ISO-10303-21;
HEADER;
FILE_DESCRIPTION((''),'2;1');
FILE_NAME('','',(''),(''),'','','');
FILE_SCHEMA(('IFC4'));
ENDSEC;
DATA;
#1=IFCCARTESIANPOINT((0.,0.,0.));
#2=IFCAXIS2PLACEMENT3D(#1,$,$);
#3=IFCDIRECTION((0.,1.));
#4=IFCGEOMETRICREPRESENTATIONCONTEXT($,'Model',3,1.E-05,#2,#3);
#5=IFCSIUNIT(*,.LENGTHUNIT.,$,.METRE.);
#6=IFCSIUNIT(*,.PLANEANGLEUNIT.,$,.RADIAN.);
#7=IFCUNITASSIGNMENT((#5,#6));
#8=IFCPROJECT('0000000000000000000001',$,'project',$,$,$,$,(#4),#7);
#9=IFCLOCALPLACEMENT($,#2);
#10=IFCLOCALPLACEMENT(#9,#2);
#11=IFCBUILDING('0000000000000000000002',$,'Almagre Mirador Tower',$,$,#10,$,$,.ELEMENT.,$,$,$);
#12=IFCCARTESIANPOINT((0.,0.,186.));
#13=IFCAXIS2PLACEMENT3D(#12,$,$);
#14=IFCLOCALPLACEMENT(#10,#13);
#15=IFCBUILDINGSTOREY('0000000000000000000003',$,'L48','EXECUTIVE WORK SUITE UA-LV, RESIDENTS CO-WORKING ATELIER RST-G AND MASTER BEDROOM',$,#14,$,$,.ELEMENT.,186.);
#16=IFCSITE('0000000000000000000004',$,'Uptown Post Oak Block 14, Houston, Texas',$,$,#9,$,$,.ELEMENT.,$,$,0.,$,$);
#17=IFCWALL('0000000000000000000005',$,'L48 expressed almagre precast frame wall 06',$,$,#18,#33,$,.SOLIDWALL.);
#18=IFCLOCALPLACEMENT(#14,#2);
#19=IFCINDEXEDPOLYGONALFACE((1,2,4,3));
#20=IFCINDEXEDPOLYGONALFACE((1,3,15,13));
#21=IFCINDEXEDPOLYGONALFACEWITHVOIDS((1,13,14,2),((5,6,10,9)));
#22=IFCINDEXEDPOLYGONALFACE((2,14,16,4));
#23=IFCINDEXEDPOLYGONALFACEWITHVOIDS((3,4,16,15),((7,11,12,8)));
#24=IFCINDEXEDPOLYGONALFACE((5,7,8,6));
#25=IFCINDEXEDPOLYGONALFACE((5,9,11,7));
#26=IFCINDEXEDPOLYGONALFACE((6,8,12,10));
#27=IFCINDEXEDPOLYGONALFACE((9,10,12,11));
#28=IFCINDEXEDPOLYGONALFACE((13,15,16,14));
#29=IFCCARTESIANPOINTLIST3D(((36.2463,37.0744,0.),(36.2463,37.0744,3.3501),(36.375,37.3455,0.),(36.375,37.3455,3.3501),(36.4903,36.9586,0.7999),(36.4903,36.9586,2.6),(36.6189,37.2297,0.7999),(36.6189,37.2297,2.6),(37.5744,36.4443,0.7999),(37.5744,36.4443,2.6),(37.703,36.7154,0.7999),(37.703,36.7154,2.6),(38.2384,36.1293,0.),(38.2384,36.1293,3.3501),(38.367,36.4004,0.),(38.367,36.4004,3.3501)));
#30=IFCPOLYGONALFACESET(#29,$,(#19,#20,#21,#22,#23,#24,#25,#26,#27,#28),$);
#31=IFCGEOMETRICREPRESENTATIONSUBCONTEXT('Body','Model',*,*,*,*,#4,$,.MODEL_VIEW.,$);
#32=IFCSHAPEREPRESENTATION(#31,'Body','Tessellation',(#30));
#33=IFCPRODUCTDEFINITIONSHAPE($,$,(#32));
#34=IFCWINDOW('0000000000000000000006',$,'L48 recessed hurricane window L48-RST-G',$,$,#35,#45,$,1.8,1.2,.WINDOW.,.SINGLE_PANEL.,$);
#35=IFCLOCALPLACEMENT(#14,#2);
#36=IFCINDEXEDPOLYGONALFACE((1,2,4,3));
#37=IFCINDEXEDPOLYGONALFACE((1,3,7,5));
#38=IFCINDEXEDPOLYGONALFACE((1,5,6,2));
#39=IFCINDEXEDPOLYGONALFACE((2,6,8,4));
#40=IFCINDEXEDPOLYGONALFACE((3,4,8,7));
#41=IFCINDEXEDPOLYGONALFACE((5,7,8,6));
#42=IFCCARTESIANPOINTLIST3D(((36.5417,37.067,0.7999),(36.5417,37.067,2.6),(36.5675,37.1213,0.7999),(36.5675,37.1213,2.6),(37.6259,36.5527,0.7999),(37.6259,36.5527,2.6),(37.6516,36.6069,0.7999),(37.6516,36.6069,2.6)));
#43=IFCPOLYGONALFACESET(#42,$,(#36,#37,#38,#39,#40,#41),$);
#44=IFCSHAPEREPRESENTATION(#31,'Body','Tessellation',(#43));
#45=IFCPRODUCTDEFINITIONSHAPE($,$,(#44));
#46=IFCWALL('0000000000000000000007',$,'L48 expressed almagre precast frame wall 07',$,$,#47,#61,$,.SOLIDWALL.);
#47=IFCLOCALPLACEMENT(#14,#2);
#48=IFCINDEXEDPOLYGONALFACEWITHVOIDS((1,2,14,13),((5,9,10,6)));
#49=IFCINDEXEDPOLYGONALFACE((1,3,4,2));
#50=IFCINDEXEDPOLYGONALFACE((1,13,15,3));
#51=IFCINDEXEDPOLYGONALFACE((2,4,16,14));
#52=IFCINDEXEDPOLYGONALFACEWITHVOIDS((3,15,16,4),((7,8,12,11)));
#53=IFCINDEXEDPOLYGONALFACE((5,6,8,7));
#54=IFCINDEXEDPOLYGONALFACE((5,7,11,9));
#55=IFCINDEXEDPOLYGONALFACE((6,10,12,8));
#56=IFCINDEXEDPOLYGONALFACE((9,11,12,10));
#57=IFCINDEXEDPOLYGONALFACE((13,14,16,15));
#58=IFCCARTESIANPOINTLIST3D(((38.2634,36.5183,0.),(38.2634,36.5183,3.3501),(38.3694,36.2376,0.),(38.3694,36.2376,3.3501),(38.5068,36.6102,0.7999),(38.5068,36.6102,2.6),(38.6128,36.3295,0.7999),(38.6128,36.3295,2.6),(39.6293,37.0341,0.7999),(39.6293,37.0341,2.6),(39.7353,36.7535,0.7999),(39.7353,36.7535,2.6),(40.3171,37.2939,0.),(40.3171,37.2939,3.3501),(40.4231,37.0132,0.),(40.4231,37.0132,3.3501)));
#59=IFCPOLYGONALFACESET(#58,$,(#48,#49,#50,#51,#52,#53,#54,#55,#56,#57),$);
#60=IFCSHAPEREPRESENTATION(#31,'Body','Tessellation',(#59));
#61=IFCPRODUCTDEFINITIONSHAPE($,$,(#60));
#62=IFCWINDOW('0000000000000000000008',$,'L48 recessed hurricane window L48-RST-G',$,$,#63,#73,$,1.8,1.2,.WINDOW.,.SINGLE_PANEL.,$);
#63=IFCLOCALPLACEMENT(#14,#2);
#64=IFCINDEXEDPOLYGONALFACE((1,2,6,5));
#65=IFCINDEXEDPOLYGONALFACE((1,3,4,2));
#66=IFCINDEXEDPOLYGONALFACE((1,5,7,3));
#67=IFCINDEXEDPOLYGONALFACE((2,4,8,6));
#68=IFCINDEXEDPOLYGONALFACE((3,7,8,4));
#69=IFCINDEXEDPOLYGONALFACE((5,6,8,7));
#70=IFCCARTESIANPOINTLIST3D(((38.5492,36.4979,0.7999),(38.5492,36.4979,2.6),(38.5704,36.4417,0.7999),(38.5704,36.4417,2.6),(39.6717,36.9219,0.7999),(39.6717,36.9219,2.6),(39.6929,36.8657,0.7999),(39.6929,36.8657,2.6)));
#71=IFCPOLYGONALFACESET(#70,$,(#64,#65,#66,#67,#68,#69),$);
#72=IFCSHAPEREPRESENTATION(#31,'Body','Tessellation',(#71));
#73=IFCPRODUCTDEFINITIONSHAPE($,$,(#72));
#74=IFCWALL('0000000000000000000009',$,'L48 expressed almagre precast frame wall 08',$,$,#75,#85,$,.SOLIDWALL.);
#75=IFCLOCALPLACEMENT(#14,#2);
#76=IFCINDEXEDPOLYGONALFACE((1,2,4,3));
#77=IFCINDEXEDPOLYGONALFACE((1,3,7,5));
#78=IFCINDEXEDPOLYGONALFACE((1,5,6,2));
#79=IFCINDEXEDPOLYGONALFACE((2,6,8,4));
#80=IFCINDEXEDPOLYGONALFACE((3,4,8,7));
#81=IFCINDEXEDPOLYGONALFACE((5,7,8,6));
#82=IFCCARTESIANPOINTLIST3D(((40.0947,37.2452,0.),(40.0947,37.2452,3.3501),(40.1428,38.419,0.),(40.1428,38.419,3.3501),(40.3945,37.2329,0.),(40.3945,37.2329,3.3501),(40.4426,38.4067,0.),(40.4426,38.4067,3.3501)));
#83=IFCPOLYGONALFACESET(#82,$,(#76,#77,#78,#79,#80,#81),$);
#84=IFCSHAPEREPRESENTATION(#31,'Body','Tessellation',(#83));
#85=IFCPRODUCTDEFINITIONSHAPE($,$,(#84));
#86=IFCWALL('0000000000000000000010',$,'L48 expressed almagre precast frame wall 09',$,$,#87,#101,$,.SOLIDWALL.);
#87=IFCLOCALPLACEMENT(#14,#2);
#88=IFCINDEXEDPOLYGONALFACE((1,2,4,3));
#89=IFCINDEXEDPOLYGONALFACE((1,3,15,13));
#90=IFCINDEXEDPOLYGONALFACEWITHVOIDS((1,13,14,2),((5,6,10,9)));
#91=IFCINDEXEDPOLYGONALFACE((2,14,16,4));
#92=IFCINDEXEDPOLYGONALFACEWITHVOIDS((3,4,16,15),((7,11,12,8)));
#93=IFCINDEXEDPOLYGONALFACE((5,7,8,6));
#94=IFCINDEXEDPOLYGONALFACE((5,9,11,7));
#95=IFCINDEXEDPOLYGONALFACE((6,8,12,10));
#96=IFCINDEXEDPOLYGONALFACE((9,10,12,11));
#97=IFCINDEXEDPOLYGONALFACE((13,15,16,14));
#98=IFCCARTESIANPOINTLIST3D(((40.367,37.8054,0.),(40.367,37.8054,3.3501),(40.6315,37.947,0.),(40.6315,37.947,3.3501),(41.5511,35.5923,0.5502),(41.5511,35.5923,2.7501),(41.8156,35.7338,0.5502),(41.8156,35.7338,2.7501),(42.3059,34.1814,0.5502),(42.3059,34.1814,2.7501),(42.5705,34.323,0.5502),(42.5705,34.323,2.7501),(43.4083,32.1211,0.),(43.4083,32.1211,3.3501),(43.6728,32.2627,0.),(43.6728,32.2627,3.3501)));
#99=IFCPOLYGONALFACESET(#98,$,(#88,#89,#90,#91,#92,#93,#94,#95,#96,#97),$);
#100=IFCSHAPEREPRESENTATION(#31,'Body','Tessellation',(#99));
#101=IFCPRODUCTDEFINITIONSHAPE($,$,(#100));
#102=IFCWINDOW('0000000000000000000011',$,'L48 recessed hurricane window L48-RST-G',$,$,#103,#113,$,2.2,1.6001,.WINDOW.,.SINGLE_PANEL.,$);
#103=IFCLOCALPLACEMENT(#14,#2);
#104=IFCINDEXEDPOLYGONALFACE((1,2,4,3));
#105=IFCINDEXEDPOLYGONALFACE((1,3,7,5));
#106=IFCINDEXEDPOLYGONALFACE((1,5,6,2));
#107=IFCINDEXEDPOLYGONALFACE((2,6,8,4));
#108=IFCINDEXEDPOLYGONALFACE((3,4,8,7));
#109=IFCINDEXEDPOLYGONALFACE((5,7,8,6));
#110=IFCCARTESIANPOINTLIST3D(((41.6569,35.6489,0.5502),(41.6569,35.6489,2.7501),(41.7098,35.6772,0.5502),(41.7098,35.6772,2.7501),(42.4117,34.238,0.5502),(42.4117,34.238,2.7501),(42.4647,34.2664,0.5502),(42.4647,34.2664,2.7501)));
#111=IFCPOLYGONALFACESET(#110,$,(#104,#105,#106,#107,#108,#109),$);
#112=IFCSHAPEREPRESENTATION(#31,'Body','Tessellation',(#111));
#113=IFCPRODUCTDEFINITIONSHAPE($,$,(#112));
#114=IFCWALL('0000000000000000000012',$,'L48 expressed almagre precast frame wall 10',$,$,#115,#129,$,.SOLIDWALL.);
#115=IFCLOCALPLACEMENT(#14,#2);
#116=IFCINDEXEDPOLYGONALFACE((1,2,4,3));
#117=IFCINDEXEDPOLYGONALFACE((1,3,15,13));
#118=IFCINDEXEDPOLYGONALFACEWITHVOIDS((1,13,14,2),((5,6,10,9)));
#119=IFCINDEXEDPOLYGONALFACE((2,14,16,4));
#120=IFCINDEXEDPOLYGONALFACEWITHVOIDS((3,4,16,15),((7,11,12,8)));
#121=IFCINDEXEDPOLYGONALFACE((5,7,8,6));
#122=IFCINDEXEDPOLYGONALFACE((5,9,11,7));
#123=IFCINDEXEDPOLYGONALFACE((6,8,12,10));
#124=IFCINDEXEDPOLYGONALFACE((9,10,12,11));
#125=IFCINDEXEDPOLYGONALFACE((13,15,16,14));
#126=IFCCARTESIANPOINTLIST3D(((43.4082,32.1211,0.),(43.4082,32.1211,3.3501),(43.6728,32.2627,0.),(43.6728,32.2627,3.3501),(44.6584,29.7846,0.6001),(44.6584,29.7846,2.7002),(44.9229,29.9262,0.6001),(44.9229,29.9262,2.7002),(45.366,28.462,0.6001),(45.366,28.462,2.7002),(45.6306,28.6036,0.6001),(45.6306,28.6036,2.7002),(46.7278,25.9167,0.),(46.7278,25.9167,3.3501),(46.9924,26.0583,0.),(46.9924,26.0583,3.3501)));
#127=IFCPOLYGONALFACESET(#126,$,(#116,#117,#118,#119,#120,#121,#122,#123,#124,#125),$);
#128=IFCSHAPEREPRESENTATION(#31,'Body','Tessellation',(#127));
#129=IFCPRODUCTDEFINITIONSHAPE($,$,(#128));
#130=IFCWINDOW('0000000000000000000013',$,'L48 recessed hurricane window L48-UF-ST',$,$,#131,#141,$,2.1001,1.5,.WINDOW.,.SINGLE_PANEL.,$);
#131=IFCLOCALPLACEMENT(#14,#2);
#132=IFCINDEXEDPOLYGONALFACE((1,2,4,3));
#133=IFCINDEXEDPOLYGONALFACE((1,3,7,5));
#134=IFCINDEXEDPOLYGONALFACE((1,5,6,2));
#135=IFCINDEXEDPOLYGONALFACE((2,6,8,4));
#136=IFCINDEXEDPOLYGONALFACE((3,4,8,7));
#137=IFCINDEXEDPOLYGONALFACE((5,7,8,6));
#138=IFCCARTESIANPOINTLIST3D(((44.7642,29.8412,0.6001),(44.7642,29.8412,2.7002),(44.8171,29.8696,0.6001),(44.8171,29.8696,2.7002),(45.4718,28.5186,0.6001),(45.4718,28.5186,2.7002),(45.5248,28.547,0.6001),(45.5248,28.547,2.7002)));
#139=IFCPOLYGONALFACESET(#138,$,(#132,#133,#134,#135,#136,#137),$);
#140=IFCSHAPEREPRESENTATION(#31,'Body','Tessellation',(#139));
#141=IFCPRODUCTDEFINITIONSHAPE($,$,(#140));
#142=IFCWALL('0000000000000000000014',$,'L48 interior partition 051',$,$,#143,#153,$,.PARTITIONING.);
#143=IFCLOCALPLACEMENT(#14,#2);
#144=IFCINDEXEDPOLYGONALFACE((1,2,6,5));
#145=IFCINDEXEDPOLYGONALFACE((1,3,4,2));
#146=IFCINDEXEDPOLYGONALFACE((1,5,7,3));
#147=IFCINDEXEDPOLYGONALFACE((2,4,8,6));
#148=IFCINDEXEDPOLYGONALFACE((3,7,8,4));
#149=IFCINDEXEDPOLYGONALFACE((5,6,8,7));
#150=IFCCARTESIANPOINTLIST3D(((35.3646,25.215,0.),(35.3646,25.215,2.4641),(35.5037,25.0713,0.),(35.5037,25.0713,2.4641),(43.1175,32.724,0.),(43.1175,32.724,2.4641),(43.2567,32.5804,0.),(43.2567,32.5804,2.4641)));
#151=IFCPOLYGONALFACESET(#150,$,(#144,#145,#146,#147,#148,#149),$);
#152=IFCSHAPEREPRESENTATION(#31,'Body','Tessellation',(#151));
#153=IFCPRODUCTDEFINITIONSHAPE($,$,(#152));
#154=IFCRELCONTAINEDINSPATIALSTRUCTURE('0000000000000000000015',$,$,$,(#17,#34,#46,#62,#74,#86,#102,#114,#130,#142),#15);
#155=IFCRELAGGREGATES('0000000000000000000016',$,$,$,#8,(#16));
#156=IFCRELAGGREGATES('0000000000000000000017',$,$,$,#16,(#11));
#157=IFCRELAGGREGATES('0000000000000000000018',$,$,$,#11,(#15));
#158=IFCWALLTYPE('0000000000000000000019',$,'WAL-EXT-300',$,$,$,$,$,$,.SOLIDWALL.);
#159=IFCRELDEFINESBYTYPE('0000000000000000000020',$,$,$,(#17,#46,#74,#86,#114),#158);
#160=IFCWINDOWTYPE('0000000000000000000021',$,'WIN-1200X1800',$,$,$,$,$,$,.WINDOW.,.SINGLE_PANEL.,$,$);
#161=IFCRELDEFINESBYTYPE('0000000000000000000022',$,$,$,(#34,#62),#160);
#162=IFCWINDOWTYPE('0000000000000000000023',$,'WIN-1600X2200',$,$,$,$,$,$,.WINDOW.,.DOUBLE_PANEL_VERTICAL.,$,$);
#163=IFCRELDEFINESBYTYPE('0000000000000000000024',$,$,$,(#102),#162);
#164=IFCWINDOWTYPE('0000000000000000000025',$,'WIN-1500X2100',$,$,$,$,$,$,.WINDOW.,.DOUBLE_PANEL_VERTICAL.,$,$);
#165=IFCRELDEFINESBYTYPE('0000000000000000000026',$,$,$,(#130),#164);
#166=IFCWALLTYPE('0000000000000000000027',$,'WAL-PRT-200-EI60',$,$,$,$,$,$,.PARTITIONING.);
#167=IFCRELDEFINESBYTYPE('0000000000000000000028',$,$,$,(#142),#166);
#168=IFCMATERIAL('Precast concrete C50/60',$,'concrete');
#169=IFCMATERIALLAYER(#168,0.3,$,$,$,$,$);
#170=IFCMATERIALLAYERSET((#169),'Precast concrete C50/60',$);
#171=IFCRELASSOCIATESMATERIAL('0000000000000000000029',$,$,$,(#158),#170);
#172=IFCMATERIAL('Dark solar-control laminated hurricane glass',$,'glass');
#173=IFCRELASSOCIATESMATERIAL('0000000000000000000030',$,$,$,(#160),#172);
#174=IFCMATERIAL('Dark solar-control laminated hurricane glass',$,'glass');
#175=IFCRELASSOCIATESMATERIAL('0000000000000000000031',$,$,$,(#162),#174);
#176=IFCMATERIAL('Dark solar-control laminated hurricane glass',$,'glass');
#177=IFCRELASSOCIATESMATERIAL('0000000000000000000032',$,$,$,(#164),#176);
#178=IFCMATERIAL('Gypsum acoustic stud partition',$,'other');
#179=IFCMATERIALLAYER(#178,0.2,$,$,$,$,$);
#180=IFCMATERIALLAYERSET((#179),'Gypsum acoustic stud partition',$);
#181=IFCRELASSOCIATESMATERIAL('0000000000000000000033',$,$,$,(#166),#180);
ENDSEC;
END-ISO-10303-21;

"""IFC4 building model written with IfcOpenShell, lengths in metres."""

from ifc_helpers import new_model, si_unit, direction, frame, frame_2d, origin, place, context, subcontext, project, spatial, rectangle, extrude, material, layer, layer_set, type_object, element, fill, save


model = new_model("IFC4")

# Units and contexts
model_context = context("Model", 3, precision=1e-05, world=origin(), true_north=direction((0.0, 1.0)))
body_context = subcontext(model_context, "Body", "Model", "MODEL_VIEW")
ifc_project = project(units=[si_unit("LENGTHUNIT", "METRE"), si_unit("PLANEANGLEUNIT", "RADIAN")], contexts=[model_context])

# Site, building, storey
site_placement = place(None, origin())
site = spatial("IfcSite", under=ifc_project, at=site_placement, Name="Uptown Post Oak Block 14, Houston, Texas", CompositionType="ELEMENT", RefElevation=0.0)
building_placement = place(site_placement, origin())
building = spatial("IfcBuilding", under=site, at=building_placement, Name="Almagre Mirador Tower", CompositionType="ELEMENT")
storey_placement = place(building_placement, frame((0.0, 0.0, 186.0)))
storey = spatial("IfcBuildingStorey", under=building, at=storey_placement, Name="L48", Description="EXECUTIVE WORK SUITE UA-LV, RESIDENTS CO-WORKING ATELIER RST-G AND MASTER BEDROOM", CompositionType="ELEMENT", Elevation=186.0)

# Shared definitions
ifc_material_1 = material(Name="Precast concrete C50/60", Category="concrete")
ifc_layer_1 = layer(ifc_material_1, 0.3)
ifc_layer_set_1 = layer_set([ifc_layer_1], Name="Precast concrete C50/60")
wall_type_1 = type_object("IfcWallType", Name="WAL-EXT-300", PredefinedType="SOLIDWALL", material=ifc_layer_set_1)

# Walls, openings, windows
wall_1_placement = place(storey_placement, frame((36.3105, 37.21, 0.0), z_axis=(0.0, 0.0, 1.0), x_axis=(0.903472, -0.428648, 0.0)))
wall_1 = element("IfcWall", 1, at=wall_1_placement, inside=storey, type_object=wall_type_1, Name="L48 expressed almagre precast frame wall 06", PredefinedType="SOLIDWALL", context=body_context, shape_type="SweptSolid", body=[
    extrude(rectangle(XDim=2.2048, YDim=0.3, at=frame_2d((1.1025, 0.0))), origin(), (0.0, 0.0, 1.0), 3.3501),
])
opening_1_placement = place(wall_1_placement, frame((0.27, 0.0, 0.8)))
opening_1 = element("IfcOpeningElement", 2, at=opening_1_placement, cuts=wall_1, PredefinedType="OPENING", context=body_context, shape_type="SweptSolid", body=[
    extrude(rectangle(XDim=1.2, YDim=1.8, at=frame_2d((0.6001, 0.8999))), frame((0.0, 0.1599, 0.0), z_axis=(0.0, -1.0, 0.0), x_axis=(1.0, 0.0, 0.0)), (0.0, 0.0, 1.0), 0.32),
])
ifc_material_2 = material(Name="Dark solar-control laminated hurricane glass", Category="glass")
window_type_1 = type_object("IfcWindowType", Name="WIN-1200X1800", PartitioningType="SINGLE_PANEL", PredefinedType="WINDOW", material=ifc_material_2)
window_1_placement = place(opening_1_placement, origin())
window_1 = element("IfcWindow", 3, at=window_1_placement, inside=storey, type_object=window_type_1, Name="L48 recessed hurricane window L48-RST-G", OverallHeight=1.8, OverallWidth=1.2, PartitioningType="SINGLE_PANEL", PredefinedType="WINDOW", context=body_context, shape_type="SweptSolid", body=[
    extrude(rectangle(XDim=1.2, YDim=1.8, at=frame_2d((0.6001, 0.8999))), frame((0.0, 0.03, 0.0), z_axis=(0.0, -1.0, 0.0), x_axis=(1.0, 0.0, 0.0)), (0.0, 0.0, 1.0), 0.0601),
])
fill(opening_1, window_1)
wall_2_placement = place(storey_placement, frame((38.3164, 36.3779, 0.0), z_axis=(0.0, 0.0, 1.0), x_axis=(0.935504, 0.353316, 0.0)))
wall_2 = element("IfcWall", 4, at=wall_2_placement, inside=storey, type_object=wall_type_1, Name="L48 expressed almagre precast frame wall 07", PredefinedType="SOLIDWALL", context=body_context, shape_type="SweptSolid", body=[
    extrude(rectangle(XDim=2.1953, YDim=0.3, at=frame_2d((1.0977, 0.0))), origin(), (0.0, 0.0, 1.0), 3.3501),
])
opening_2_placement = place(wall_2_placement, frame((0.26, 0.0, 0.8)))
opening_2 = element("IfcOpeningElement", 5, at=opening_2_placement, cuts=wall_2, PredefinedType="OPENING", context=body_context, shape_type="SweptSolid", body=[
    extrude(rectangle(XDim=1.2, YDim=1.8, at=frame_2d((0.6001, 0.8999))), frame((0.0, 0.1599, 0.0), z_axis=(0.0, -1.0, 0.0), x_axis=(1.0, 0.0, 0.0)), (0.0, 0.0, 1.0), 0.32),
])
window_2_placement = place(opening_2_placement, origin())
window_2 = element("IfcWindow", 6, at=window_2_placement, inside=storey, type_object=window_type_1, Name="L48 recessed hurricane window L48-RST-G", OverallHeight=1.8, OverallWidth=1.2, PartitioningType="SINGLE_PANEL", PredefinedType="WINDOW", context=body_context, shape_type="SweptSolid", body=[
    extrude(rectangle(XDim=1.2, YDim=1.8, at=frame_2d((0.6001, 0.8999))), frame((0.0, 0.03, 0.0), z_axis=(0.0, -1.0, 0.0), x_axis=(1.0, 0.0, 0.0)), (0.0, 0.0, 1.0), 0.0601),
])
fill(opening_2, window_2)

# Wall
wall_3_placement = place(storey_placement, frame((40.2446, 37.239, 0.0), z_axis=(0.0, 0.0, 1.0), x_axis=(0.040939, 0.999162, 0.0)))
element("IfcWall", 7, at=wall_3_placement, inside=storey, type_object=wall_type_1, Name="L48 expressed almagre precast frame wall 08", PredefinedType="SOLIDWALL", context=body_context, shape_type="SweptSolid", body=[
    extrude(rectangle(XDim=1.1748, YDim=0.3, at=frame_2d((0.5874, 0.0))), origin(), (0.0, 0.0, 1.0), 3.3501),
])

# Walls, openings, windows
wall_4_placement = place(storey_placement, frame((40.4993, 37.8762, 0.0), z_axis=(0.0, 0.0, 1.0), x_axis=(0.471749, -0.881733, 0.0)))
wall_4 = element("IfcWall", 8, at=wall_4_placement, inside=storey, type_object=wall_type_1, Name="L48 expressed almagre precast frame wall 09", PredefinedType="SOLIDWALL", context=body_context, shape_type="SweptSolid", body=[
    extrude(rectangle(XDim=6.4468, YDim=0.3, at=frame_2d((3.2234, 0.0))), origin(), (0.0, 0.0, 1.0), 3.3501),
])
opening_3_placement = place(wall_4_placement, frame((2.51, 0.0, 0.55)))
opening_3 = element("IfcOpeningElement", 9, at=opening_3_placement, cuts=wall_4, PredefinedType="OPENING", context=body_context, shape_type="SweptSolid", body=[
    extrude(rectangle(XDim=1.6001, YDim=2.2, at=frame_2d((0.8, 1.1001))), frame((0.0, 0.1599, 0.0), z_axis=(0.0, -1.0, 0.0), x_axis=(1.0, 0.0, 0.0)), (0.0, 0.0, 1.0), 0.32),
])
ifc_material_3 = material(Name="Dark solar-control laminated hurricane glass", Category="glass")
window_type_2 = type_object("IfcWindowType", Name="WIN-1600X2200", PartitioningType="DOUBLE_PANEL_VERTICAL", PredefinedType="WINDOW", material=ifc_material_3)
window_3_placement = place(opening_3_placement, origin())
window_3 = element("IfcWindow", 10, at=window_3_placement, inside=storey, type_object=window_type_2, Name="L48 recessed hurricane window L48-RST-G", OverallHeight=2.2, OverallWidth=1.6001, PartitioningType="SINGLE_PANEL", PredefinedType="WINDOW", context=body_context, shape_type="SweptSolid", body=[
    extrude(rectangle(XDim=1.6001, YDim=2.2, at=frame_2d((0.8, 1.1001))), frame((0.0, 0.03, 0.0), z_axis=(0.0, -1.0, 0.0), x_axis=(1.0, 0.0, 0.0)), (0.0, 0.0, 1.0), 0.0601),
])
fill(opening_3, window_3)
wall_5_placement = place(storey_placement, frame((43.5405, 32.1919, 0.0), z_axis=(0.0, 0.0, 1.0), x_axis=(0.47176, -0.881727, 0.0)))
wall_5 = element("IfcWall", 11, at=wall_5_placement, inside=storey, type_object=wall_type_1, Name="L48 expressed almagre precast frame wall 10", PredefinedType="SOLIDWALL", context=body_context, shape_type="SweptSolid", body=[
    extrude(rectangle(XDim=7.0366, YDim=0.3, at=frame_2d((3.5183, 0.0))), origin(), (0.0, 0.0, 1.0), 3.3501),
])
opening_4_placement = place(wall_5_placement, frame((2.6499, 0.0, 0.6001)))
opening_4 = element("IfcOpeningElement", 12, at=opening_4_placement, cuts=wall_5, PredefinedType="OPENING", context=body_context, shape_type="SweptSolid", body=[
    extrude(rectangle(XDim=1.5, YDim=2.1001, at=frame_2d((0.75, 1.05))), frame((0.0, 0.1599, 0.0), z_axis=(0.0, -1.0, 0.0), x_axis=(1.0, 0.0, 0.0)), (0.0, 0.0, 1.0), 0.32),
])
ifc_material_4 = material(Name="Dark solar-control laminated hurricane glass", Category="glass")
window_type_3 = type_object("IfcWindowType", Name="WIN-1500X2100", PartitioningType="DOUBLE_PANEL_VERTICAL", PredefinedType="WINDOW", material=ifc_material_4)
window_4_placement = place(opening_4_placement, origin())
window_4 = element("IfcWindow", 13, at=window_4_placement, inside=storey, type_object=window_type_3, Name="L48 recessed hurricane window L48-UF-ST", OverallHeight=2.1001, OverallWidth=1.5, PartitioningType="SINGLE_PANEL", PredefinedType="WINDOW", context=body_context, shape_type="SweptSolid", body=[
    extrude(rectangle(XDim=1.5, YDim=2.1001, at=frame_2d((0.75, 1.05))), frame((0.0, 0.03, 0.0), z_axis=(0.0, -1.0, 0.0), x_axis=(1.0, 0.0, 0.0)), (0.0, 0.0, 1.0), 0.0601),
])
fill(opening_4, window_4)

# Wall
ifc_material_5 = material(Name="Gypsum acoustic stud partition", Category="other")
ifc_layer_2 = layer(ifc_material_5, 0.2)
ifc_layer_set_2 = layer_set([ifc_layer_2], Name="Gypsum acoustic stud partition")
wall_type_2 = type_object("IfcWallType", Name="WAL-PRT-200-EI60", PredefinedType="PARTITIONING", material=ifc_layer_set_2)
wall_6_placement = place(storey_placement, frame((43.187, 32.6521, 0.0), z_axis=(0.0, 0.0, 1.0), x_axis=(-0.718315, -0.695718, 0.0)))
element("IfcWall", 14, at=wall_6_placement, inside=storey, type_object=wall_type_2, Name="L48 interior partition 051", PredefinedType="PARTITIONING", context=body_context, shape_type="SweptSolid", body=[
    extrude(rectangle(XDim=10.7932, YDim=0.2, at=frame_2d((5.3965, 0.0))), origin(), (0.0, 0.0, 1.0), 2.4641),
])

save(model, "model.ifc")
